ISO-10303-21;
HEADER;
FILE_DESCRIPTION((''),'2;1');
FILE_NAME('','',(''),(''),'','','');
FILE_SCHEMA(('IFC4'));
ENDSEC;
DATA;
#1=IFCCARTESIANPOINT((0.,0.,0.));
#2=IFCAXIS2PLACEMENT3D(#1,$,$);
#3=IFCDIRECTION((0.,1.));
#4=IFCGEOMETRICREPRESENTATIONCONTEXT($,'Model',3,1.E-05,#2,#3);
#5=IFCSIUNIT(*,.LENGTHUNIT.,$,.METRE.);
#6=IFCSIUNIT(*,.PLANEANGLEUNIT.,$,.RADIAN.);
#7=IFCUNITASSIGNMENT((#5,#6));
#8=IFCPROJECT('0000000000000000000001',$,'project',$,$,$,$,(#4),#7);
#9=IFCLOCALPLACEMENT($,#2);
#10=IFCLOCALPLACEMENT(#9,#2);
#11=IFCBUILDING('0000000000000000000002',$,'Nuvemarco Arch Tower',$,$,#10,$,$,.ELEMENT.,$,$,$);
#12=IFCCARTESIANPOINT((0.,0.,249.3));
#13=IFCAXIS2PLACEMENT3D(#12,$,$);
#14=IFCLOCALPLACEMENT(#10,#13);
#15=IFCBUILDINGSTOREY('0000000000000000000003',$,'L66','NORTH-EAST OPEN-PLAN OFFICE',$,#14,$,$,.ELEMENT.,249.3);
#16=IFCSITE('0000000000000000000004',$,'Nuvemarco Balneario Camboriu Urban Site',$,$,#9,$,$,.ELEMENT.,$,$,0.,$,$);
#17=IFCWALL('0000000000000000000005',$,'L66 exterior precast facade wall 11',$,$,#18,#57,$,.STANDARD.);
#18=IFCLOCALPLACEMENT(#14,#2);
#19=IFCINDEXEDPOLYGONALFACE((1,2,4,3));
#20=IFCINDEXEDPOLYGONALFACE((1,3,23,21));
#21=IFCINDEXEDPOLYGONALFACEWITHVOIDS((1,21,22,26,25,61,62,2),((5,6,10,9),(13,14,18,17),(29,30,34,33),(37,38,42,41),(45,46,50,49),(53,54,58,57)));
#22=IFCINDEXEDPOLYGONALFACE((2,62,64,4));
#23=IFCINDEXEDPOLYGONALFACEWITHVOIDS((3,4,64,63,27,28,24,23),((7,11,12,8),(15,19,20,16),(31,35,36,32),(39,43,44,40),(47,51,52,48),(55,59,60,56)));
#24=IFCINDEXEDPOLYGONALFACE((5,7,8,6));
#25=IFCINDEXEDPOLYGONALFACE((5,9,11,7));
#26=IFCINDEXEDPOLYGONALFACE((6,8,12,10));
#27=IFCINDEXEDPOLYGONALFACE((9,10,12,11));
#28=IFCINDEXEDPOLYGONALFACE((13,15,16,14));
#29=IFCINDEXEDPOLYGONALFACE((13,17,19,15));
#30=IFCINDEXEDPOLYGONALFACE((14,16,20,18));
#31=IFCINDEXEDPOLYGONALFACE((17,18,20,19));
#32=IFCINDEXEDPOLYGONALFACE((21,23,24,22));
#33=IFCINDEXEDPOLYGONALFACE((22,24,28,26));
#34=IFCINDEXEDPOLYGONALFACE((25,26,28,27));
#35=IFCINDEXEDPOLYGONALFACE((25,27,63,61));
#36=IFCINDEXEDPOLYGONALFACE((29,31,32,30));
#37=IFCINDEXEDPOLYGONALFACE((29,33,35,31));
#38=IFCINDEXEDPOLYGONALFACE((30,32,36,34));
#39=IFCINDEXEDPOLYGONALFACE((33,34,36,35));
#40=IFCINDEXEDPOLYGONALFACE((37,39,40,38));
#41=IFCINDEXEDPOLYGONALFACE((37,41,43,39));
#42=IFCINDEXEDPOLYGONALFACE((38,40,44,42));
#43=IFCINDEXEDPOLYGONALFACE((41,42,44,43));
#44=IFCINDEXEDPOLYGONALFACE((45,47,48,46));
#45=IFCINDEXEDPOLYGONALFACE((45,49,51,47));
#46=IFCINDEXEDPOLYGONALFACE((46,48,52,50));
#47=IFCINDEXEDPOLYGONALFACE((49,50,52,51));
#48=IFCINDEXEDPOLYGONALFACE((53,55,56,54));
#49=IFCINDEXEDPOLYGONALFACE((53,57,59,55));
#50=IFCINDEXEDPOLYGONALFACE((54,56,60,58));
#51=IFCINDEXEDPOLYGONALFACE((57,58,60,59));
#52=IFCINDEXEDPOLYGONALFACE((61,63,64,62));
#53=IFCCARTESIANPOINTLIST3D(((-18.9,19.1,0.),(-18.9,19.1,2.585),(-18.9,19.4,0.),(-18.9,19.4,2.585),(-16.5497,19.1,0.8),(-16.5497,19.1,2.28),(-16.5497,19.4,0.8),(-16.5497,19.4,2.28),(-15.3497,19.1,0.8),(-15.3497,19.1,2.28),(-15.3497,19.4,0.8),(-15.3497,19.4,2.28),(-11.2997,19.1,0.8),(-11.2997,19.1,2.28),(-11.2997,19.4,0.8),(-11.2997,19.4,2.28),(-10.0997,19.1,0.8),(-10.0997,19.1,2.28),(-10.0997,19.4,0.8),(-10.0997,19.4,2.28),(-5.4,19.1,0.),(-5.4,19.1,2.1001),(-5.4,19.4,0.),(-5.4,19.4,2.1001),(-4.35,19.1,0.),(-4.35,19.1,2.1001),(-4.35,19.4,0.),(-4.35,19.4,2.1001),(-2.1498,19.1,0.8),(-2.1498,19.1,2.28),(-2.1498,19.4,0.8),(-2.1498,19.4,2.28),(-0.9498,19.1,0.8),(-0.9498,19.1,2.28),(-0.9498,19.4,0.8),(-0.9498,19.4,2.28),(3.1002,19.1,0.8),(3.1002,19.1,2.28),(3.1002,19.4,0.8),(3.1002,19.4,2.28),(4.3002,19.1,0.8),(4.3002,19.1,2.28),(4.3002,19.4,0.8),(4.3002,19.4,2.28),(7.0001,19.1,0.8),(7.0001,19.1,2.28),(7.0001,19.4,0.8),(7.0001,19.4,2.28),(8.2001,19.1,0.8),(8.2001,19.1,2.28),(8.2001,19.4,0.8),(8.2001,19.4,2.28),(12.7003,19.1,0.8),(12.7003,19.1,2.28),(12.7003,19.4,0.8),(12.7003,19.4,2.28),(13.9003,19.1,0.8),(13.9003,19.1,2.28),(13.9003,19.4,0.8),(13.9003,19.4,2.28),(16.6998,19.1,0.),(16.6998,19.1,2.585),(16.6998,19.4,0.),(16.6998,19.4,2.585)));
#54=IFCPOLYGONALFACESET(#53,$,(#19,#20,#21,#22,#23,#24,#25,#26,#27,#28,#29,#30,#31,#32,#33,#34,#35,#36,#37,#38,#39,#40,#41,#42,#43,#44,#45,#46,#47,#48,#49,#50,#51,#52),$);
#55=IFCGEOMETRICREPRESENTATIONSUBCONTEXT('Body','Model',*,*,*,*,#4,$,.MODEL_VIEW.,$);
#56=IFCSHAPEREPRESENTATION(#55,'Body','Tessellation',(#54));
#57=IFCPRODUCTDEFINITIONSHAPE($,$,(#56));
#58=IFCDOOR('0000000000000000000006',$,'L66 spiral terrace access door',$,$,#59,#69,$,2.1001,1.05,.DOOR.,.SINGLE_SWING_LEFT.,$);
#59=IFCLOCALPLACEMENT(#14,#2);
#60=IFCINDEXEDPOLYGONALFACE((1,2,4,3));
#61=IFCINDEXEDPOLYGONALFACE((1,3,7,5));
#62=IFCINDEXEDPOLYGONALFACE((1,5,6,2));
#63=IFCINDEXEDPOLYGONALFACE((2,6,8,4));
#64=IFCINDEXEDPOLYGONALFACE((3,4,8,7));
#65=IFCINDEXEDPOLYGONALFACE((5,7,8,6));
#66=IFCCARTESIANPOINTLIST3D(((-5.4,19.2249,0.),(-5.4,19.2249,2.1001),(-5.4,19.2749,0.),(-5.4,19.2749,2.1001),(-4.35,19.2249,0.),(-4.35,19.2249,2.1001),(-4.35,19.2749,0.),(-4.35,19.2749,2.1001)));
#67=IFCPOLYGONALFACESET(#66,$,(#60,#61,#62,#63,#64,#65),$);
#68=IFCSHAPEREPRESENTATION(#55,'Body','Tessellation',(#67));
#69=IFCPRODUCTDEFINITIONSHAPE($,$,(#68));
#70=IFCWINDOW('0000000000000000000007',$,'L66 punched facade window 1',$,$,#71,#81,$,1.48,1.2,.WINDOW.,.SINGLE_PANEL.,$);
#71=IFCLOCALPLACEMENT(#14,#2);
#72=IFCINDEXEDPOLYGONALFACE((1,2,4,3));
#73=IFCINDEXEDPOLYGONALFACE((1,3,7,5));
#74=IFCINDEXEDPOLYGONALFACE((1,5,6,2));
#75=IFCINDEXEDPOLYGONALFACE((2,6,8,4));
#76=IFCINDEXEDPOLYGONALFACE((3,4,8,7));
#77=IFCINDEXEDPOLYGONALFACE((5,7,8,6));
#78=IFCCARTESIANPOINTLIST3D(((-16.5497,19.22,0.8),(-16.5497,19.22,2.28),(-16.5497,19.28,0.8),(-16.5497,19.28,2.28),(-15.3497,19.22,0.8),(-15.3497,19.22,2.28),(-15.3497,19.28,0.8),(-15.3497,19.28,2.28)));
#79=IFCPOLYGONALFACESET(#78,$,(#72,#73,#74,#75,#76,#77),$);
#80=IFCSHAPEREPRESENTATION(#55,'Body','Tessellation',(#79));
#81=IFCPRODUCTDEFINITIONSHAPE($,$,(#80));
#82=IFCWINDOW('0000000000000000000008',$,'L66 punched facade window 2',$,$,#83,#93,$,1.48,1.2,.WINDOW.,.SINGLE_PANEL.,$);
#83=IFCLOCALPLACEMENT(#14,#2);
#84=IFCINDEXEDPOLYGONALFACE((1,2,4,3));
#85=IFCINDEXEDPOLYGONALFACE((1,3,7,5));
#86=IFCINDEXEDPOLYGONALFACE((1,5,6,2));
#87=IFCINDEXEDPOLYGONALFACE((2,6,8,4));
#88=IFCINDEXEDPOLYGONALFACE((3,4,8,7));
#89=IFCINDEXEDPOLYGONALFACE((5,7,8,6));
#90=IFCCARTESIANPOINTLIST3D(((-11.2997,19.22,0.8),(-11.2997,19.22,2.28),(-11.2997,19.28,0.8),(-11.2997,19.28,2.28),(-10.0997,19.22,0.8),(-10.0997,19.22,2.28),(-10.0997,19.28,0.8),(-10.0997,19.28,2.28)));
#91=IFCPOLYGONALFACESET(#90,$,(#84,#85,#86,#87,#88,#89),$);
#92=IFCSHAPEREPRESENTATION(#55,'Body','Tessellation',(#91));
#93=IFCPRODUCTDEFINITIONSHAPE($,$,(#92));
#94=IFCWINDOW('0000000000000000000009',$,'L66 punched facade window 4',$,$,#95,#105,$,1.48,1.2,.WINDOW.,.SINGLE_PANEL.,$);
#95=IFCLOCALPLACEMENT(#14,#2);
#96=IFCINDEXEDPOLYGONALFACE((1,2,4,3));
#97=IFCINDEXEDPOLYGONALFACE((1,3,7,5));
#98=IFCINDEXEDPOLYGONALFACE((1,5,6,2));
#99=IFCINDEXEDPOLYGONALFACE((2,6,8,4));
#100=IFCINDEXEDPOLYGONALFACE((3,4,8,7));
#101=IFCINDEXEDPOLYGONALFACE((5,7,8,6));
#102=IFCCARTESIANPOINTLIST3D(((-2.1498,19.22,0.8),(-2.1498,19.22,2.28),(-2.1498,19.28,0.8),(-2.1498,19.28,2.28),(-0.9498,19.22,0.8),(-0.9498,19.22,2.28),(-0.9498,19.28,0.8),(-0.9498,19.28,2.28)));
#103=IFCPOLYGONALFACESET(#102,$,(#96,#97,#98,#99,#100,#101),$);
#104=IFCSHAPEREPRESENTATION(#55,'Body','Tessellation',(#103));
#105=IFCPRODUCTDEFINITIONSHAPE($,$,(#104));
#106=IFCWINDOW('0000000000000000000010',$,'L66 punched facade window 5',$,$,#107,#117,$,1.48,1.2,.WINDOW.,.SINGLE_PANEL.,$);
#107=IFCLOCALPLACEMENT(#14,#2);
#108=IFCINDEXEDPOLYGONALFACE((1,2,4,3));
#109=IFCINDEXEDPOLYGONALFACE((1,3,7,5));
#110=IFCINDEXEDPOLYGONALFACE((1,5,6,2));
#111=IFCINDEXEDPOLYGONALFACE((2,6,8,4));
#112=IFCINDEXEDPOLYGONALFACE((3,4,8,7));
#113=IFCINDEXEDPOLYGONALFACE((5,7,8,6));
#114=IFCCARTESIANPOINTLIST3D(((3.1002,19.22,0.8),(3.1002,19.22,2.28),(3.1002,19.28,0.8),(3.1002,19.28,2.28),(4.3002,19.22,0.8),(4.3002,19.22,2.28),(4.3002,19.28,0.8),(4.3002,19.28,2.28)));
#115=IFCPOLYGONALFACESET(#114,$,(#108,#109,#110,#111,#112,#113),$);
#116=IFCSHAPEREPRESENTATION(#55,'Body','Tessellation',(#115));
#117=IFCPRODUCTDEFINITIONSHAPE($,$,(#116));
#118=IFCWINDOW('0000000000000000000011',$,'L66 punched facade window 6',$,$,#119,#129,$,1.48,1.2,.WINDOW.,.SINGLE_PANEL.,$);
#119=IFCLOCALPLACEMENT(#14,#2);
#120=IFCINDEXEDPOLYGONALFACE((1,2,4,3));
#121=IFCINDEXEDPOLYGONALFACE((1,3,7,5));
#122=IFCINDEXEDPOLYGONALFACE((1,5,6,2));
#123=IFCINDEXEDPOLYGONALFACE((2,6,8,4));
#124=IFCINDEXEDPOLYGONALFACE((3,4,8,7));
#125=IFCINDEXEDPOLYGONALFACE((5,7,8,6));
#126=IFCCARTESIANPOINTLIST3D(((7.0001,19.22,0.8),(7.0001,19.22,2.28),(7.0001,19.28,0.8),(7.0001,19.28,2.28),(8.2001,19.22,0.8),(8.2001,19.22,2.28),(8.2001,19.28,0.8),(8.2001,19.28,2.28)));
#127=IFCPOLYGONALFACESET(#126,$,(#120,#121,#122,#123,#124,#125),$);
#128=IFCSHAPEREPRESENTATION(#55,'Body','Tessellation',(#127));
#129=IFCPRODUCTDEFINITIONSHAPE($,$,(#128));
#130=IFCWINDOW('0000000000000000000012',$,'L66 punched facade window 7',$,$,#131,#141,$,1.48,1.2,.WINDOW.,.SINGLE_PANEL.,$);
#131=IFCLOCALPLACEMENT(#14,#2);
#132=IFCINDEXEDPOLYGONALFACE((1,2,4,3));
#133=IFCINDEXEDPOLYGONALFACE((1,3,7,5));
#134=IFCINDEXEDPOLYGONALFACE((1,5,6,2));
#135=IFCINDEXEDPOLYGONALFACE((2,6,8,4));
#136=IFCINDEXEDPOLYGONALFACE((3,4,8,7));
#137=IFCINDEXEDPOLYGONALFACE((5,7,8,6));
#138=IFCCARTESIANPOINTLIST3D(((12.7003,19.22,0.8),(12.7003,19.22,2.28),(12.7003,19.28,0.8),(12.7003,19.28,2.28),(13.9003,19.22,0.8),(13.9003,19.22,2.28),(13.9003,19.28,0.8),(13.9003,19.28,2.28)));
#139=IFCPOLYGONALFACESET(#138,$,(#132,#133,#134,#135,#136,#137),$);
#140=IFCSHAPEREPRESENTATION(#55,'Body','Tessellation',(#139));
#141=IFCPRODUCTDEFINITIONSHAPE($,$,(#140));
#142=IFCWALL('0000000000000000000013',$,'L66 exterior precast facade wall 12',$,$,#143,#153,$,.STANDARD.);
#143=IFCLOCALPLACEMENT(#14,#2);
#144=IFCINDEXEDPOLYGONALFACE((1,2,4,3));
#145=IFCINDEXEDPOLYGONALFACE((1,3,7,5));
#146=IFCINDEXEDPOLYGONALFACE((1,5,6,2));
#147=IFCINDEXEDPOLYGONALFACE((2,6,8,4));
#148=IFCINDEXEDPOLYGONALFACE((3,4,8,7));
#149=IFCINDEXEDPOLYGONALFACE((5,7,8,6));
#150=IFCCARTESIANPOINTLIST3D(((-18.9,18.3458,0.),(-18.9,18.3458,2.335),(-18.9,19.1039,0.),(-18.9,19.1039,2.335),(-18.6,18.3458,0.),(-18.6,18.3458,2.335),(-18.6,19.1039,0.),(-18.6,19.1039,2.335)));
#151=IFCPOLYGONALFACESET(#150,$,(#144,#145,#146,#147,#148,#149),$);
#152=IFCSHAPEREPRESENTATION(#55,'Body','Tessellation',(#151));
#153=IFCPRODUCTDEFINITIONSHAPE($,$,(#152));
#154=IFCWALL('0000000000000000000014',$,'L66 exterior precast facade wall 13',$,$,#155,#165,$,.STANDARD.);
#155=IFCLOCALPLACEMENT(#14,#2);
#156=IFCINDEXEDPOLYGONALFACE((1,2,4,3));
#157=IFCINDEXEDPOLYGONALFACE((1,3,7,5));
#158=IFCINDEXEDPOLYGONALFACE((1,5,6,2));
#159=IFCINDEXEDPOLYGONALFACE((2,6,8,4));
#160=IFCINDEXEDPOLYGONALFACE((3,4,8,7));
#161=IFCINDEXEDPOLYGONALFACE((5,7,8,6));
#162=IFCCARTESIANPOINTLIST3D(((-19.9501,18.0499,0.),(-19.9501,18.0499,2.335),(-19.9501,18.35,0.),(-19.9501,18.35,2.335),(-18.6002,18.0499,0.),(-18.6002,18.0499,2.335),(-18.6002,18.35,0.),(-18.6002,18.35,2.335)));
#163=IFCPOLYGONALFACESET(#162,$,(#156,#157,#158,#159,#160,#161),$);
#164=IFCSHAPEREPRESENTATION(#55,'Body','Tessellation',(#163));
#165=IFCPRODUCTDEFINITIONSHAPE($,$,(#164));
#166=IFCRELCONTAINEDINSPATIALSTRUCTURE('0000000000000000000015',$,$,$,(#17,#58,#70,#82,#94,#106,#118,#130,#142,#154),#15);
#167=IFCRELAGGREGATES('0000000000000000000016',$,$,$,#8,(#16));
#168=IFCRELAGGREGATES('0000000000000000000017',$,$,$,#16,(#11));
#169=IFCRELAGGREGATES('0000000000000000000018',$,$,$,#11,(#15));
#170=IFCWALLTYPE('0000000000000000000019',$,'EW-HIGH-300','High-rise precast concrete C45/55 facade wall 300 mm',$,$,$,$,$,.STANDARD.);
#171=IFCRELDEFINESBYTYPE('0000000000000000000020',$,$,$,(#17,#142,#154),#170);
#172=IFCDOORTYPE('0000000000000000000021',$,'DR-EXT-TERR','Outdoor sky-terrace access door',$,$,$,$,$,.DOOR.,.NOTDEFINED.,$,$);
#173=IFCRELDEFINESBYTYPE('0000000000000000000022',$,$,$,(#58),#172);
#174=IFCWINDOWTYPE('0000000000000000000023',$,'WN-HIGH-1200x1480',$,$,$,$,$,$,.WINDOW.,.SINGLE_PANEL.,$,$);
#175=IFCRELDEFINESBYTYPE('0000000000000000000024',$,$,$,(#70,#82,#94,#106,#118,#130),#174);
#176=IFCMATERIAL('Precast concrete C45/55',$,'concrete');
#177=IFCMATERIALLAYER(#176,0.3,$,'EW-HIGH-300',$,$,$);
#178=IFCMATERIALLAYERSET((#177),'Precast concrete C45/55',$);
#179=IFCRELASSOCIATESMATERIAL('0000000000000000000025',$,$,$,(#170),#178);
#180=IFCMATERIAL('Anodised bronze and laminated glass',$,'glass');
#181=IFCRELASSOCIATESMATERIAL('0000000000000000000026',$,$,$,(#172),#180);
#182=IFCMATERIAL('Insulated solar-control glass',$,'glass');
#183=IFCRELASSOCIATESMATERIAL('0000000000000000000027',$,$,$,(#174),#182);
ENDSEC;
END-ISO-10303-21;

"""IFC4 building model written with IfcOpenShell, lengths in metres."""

from ifc_helpers import new_model, si_unit, direction, frame, frame_2d, origin, place, context, subcontext, project, spatial, rectangle, extrude, source, transform, mapped, material, layer, layer_set, type_object, type_shapes, element, fill, save


model = new_model("IFC4")

# Units and contexts
model_context = context("Model", 3, precision=1e-05, world=origin(), true_north=direction((0.0, 1.0)))
body_context = subcontext(model_context, "Body", "Model", "MODEL_VIEW")
ifc_project = project(units=[si_unit("LENGTHUNIT", "METRE"), si_unit("PLANEANGLEUNIT", "RADIAN")], contexts=[model_context])

# Site, building, storey
site_placement = place(None, origin())
site = spatial("IfcSite", under=ifc_project, at=site_placement, Name="Nuvemarco Balneario Camboriu Urban Site", CompositionType="ELEMENT", RefElevation=0.0)
building_placement = place(site_placement, origin())
building = spatial("IfcBuilding", under=site, at=building_placement, Name="Nuvemarco Arch Tower", CompositionType="ELEMENT")
storey_placement = place(building_placement, frame((0.0, 0.0, 249.3)))
storey = spatial("IfcBuildingStorey", under=building, at=storey_placement, Name="L66", Description="NORTH-EAST OPEN-PLAN OFFICE", CompositionType="ELEMENT", Elevation=249.3)

# Wall, openings, door, windows
ifc_material_1 = material(Name="Precast concrete C45/55", Category="concrete")
ifc_layer_1 = layer(ifc_material_1, 0.3, Name="EW-HIGH-300")
ifc_layer_set_1 = layer_set([ifc_layer_1], Name="Precast concrete C45/55")
wall_type_1 = type_object("IfcWallType", Name="EW-HIGH-300", Description="High-rise precast concrete C45/55 facade wall 300 mm", PredefinedType="STANDARD", material=ifc_layer_set_1)
wall_1_placement = place(storey_placement, frame((-18.8999, 19.25, 0.0), z_axis=(0.0, 0.0, 1.0), x_axis=(1.0, 0.0, 0.0)))
wall_1 = element("IfcWall", 1, at=wall_1_placement, inside=storey, type_object=wall_type_1, Name="L66 exterior precast facade wall 11", PredefinedType="STANDARD", context=body_context, shape_type="SweptSolid", body=[
    extrude(rectangle(XDim=35.5999, YDim=0.3, at=frame_2d((17.7998, 0.0))), origin(), (0.0, 0.0, 1.0), 2.585),
])
opening_1_placement = place(wall_1_placement, frame((13.5, 0.0, 0.0)))
opening_1 = element("IfcOpeningElement", 2, at=opening_1_placement, cuts=wall_1, PredefinedType="OPENING", context=body_context, shape_type="SweptSolid", body=[
    extrude(rectangle(XDim=1.05, YDim=2.1001, at=frame_2d((0.5249, 1.05))), frame((0.0, 0.1599, 0.0), z_axis=(0.0, -1.0, 0.0), x_axis=(1.0, 0.0, 0.0)), (0.0, 0.0, 1.0), 0.3201),
])
opening_2_placement = place(wall_1_placement, frame((2.3501, 0.0, 0.8)))
opening_2 = element("IfcOpeningElement", 3, at=opening_2_placement, cuts=wall_1, PredefinedType="OPENING", context=body_context, shape_type="SweptSolid", body=[
    extrude(rectangle(XDim=1.2, YDim=1.48, at=frame_2d((0.6001, 0.74))), frame((0.0, 0.1599, 0.0), z_axis=(0.0, -1.0, 0.0), x_axis=(1.0, 0.0, 0.0)), (0.0, 0.0, 1.0), 0.3201),
])
opening_3_placement = place(wall_1_placement, frame((7.6001, 0.0, 0.8)))
opening_3 = element("IfcOpeningElement", 4, at=opening_3_placement, cuts=wall_1, PredefinedType="OPENING", context=body_context, shape_type="SweptSolid", body=[
    extrude(rectangle(XDim=1.2, YDim=1.48, at=frame_2d((0.6001, 0.74))), frame((0.0, 0.1599, 0.0), z_axis=(0.0, -1.0, 0.0), x_axis=(1.0, 0.0, 0.0)), (0.0, 0.0, 1.0), 0.3201),
])
opening_4_placement = place(wall_1_placement, frame((16.75, 0.0, 0.8)))
opening_4 = element("IfcOpeningElement", 5, at=opening_4_placement, cuts=wall_1, PredefinedType="OPENING", context=body_context, shape_type="SweptSolid", body=[
    extrude(rectangle(XDim=1.2, YDim=1.48, at=frame_2d((0.6001, 0.74))), frame((0.0, 0.1599, 0.0), z_axis=(0.0, -1.0, 0.0), x_axis=(1.0, 0.0, 0.0)), (0.0, 0.0, 1.0), 0.3201),
])
opening_5_placement = place(wall_1_placement, frame((22.0, 0.0, 0.8)))
opening_5 = element("IfcOpeningElement", 6, at=opening_5_placement, cuts=wall_1, PredefinedType="OPENING", context=body_context, shape_type="SweptSolid", body=[
    extrude(rectangle(XDim=1.2, YDim=1.48, at=frame_2d((0.6001, 0.74))), frame((0.0, 0.1599, 0.0), z_axis=(0.0, -1.0, 0.0), x_axis=(1.0, 0.0, 0.0)), (0.0, 0.0, 1.0), 0.3201),
])
opening_6_placement = place(wall_1_placement, frame((25.8999, 0.0, 0.8)))
opening_6 = element("IfcOpeningElement", 7, at=opening_6_placement, cuts=wall_1, PredefinedType="OPENING", context=body_context, shape_type="SweptSolid", body=[
    extrude(rectangle(XDim=1.2, YDim=1.48, at=frame_2d((0.6001, 0.74))), frame((0.0, 0.1599, 0.0), z_axis=(0.0, -1.0, 0.0), x_axis=(1.0, 0.0, 0.0)), (0.0, 0.0, 1.0), 0.3201),
])
opening_7_placement = place(wall_1_placement, frame((31.6001, 0.0, 0.8)))
opening_7 = element("IfcOpeningElement", 8, at=opening_7_placement, cuts=wall_1, PredefinedType="OPENING", context=body_context, shape_type="SweptSolid", body=[
    extrude(rectangle(XDim=1.2, YDim=1.48, at=frame_2d((0.6001, 0.74))), frame((0.0, 0.1599, 0.0), z_axis=(0.0, -1.0, 0.0), x_axis=(1.0, 0.0, 0.0)), (0.0, 0.0, 1.0), 0.3201),
])
ifc_material_2 = material(Name="Anodised bronze and laminated glass", Category="glass")
door_type_1 = type_object("IfcDoorType", Name="DR-EXT-TERR", Description="Outdoor sky-terrace access door", OperationType="NOTDEFINED", PredefinedType="DOOR", material=ifc_material_2)
shared_shape_1 = source(origin(), body_context, "Body", "SweptSolid", [
    extrude(rectangle(XDim=1.05, YDim=2.1001, at=frame_2d((0.5249, 1.05))), frame((0.0, 0.0249, 0.0), z_axis=(0.0, -1.0, 0.0), x_axis=(1.0, 0.0, 0.0)), (0.0, 0.0, 1.0), 0.05),
])
type_shapes(door_type_1, [shared_shape_1])
door_1_placement = place(opening_1_placement, origin())
door_1 = element("IfcDoor", 9, at=door_1_placement, inside=storey, type_object=door_type_1, Name="L66 spiral terrace access door", OperationType="SINGLE_SWING_LEFT", OverallHeight=2.1001, OverallWidth=1.05, PredefinedType="DOOR", context=body_context, shape_type="MappedRepresentation", body=[
    mapped(shared_shape_1, transform((0.0, 0.0, 0.0), scale=1.0)),
])
fill(opening_1, door_1)
ifc_material_3 = material(Name="Insulated solar-control glass", Category="glass")
window_type = type_object("IfcWindowType", Name="WN-HIGH-1200x1480", PartitioningType="SINGLE_PANEL", PredefinedType="WINDOW", material=ifc_material_3)
shared_shape_2 = source(origin(), body_context, "Body", "SweptSolid", [
    extrude(rectangle(XDim=1.2, YDim=1.48, at=frame_2d((0.6001, 0.74))), frame((0.0, 0.03, 0.0), z_axis=(0.0, -1.0, 0.0), x_axis=(1.0, 0.0, 0.0)), (0.0, 0.0, 1.0), 0.0601),
])
type_shapes(window_type, [shared_shape_2])
window_1_placement = place(opening_2_placement, origin())
window_1 = element("IfcWindow", 10, at=window_1_placement, inside=storey, type_object=window_type, Name="L66 punched facade window 1", OverallHeight=1.48, OverallWidth=1.2, PartitioningType="SINGLE_PANEL", PredefinedType="WINDOW", context=body_context, shape_type="MappedRepresentation", body=[
    mapped(shared_shape_2, transform((0.0, 0.0, 0.0), scale=1.0)),
])
fill(opening_2, window_1)
window_2_placement = place(opening_3_placement, origin())
window_2 = element("IfcWindow", 11, at=window_2_placement, inside=storey, type_object=window_type, Name="L66 punched facade window 2", OverallHeight=1.48, OverallWidth=1.2, PartitioningType="SINGLE_PANEL", PredefinedType="WINDOW", context=body_context, shape_type="MappedRepresentation", body=[
    mapped(shared_shape_2, transform((0.0, 0.0, 0.0), scale=1.0)),
])
fill(opening_3, window_2)
window_3_placement = place(opening_4_placement, origin())
window_3 = element("IfcWindow", 12, at=window_3_placement, inside=storey, type_object=window_type, Name="L66 punched facade window 4", OverallHeight=1.48, OverallWidth=1.2, PartitioningType="SINGLE_PANEL", PredefinedType="WINDOW", context=body_context, shape_type="MappedRepresentation", body=[
    mapped(shared_shape_2, transform((0.0, 0.0, 0.0), scale=1.0)),
])
fill(opening_4, window_3)
window_4_placement = place(opening_5_placement, origin())
window_4 = element("IfcWindow", 13, at=window_4_placement, inside=storey, type_object=window_type, Name="L66 punched facade window 5", OverallHeight=1.48, OverallWidth=1.2, PartitioningType="SINGLE_PANEL", PredefinedType="WINDOW", context=body_context, shape_type="MappedRepresentation", body=[
    mapped(shared_shape_2, transform((0.0, 0.0, 0.0), scale=1.0)),
])
fill(opening_5, window_4)
window_5_placement = place(opening_6_placement, origin())
window_5 = element("IfcWindow", 14, at=window_5_placement, inside=storey, type_object=window_type, Name="L66 punched facade window 6", OverallHeight=1.48, OverallWidth=1.2, PartitioningType="SINGLE_PANEL", PredefinedType="WINDOW", context=body_context, shape_type="MappedRepresentation", body=[
    mapped(shared_shape_2, transform((0.0, 0.0, 0.0), scale=1.0)),
])
fill(opening_6, window_5)
window_6_placement = place(opening_7_placement, origin())
window_6 = element("IfcWindow", 15, at=window_6_placement, inside=storey, type_object=window_type, Name="L66 punched facade window 7", OverallHeight=1.48, OverallWidth=1.2, PartitioningType="SINGLE_PANEL", PredefinedType="WINDOW", context=body_context, shape_type="MappedRepresentation", body=[
    mapped(shared_shape_2, transform((0.0, 0.0, 0.0), scale=1.0)),
])
fill(opening_7, window_6)

# Walls
wall_2_placement = place(storey_placement, frame((-18.75, 18.3459, 0.0), z_axis=(0.0, 0.0, 1.0), x_axis=(0.0, 1.0, 0.0)))
element("IfcWall", 16, at=wall_2_placement, inside=storey, type_object=wall_type_1, Name="L66 exterior precast facade wall 12", PredefinedType="STANDARD", context=body_context, shape_type="SweptSolid", body=[
    extrude(rectangle(XDim=0.7581, YDim=0.3, at=frame_2d((0.3789, 0.0))), origin(), (0.0, 0.0, 1.0), 2.335),
])
wall_3_placement = place(storey_placement, frame((-19.95, 18.2, 0.0), z_axis=(0.0, 0.0, 1.0), x_axis=(1.0, 0.0, 0.0)))
element("IfcWall", 17, at=wall_3_placement, inside=storey, type_object=wall_type_1, Name="L66 exterior precast facade wall 13", PredefinedType="STANDARD", context=body_context, shape_type="SweptSolid", body=[
    extrude(rectangle(XDim=1.3499, YDim=0.3, at=frame_2d((0.6748, 0.0))), origin(), (0.0, 0.0, 1.0), 2.335),
])

save(model, "model.ifc")
